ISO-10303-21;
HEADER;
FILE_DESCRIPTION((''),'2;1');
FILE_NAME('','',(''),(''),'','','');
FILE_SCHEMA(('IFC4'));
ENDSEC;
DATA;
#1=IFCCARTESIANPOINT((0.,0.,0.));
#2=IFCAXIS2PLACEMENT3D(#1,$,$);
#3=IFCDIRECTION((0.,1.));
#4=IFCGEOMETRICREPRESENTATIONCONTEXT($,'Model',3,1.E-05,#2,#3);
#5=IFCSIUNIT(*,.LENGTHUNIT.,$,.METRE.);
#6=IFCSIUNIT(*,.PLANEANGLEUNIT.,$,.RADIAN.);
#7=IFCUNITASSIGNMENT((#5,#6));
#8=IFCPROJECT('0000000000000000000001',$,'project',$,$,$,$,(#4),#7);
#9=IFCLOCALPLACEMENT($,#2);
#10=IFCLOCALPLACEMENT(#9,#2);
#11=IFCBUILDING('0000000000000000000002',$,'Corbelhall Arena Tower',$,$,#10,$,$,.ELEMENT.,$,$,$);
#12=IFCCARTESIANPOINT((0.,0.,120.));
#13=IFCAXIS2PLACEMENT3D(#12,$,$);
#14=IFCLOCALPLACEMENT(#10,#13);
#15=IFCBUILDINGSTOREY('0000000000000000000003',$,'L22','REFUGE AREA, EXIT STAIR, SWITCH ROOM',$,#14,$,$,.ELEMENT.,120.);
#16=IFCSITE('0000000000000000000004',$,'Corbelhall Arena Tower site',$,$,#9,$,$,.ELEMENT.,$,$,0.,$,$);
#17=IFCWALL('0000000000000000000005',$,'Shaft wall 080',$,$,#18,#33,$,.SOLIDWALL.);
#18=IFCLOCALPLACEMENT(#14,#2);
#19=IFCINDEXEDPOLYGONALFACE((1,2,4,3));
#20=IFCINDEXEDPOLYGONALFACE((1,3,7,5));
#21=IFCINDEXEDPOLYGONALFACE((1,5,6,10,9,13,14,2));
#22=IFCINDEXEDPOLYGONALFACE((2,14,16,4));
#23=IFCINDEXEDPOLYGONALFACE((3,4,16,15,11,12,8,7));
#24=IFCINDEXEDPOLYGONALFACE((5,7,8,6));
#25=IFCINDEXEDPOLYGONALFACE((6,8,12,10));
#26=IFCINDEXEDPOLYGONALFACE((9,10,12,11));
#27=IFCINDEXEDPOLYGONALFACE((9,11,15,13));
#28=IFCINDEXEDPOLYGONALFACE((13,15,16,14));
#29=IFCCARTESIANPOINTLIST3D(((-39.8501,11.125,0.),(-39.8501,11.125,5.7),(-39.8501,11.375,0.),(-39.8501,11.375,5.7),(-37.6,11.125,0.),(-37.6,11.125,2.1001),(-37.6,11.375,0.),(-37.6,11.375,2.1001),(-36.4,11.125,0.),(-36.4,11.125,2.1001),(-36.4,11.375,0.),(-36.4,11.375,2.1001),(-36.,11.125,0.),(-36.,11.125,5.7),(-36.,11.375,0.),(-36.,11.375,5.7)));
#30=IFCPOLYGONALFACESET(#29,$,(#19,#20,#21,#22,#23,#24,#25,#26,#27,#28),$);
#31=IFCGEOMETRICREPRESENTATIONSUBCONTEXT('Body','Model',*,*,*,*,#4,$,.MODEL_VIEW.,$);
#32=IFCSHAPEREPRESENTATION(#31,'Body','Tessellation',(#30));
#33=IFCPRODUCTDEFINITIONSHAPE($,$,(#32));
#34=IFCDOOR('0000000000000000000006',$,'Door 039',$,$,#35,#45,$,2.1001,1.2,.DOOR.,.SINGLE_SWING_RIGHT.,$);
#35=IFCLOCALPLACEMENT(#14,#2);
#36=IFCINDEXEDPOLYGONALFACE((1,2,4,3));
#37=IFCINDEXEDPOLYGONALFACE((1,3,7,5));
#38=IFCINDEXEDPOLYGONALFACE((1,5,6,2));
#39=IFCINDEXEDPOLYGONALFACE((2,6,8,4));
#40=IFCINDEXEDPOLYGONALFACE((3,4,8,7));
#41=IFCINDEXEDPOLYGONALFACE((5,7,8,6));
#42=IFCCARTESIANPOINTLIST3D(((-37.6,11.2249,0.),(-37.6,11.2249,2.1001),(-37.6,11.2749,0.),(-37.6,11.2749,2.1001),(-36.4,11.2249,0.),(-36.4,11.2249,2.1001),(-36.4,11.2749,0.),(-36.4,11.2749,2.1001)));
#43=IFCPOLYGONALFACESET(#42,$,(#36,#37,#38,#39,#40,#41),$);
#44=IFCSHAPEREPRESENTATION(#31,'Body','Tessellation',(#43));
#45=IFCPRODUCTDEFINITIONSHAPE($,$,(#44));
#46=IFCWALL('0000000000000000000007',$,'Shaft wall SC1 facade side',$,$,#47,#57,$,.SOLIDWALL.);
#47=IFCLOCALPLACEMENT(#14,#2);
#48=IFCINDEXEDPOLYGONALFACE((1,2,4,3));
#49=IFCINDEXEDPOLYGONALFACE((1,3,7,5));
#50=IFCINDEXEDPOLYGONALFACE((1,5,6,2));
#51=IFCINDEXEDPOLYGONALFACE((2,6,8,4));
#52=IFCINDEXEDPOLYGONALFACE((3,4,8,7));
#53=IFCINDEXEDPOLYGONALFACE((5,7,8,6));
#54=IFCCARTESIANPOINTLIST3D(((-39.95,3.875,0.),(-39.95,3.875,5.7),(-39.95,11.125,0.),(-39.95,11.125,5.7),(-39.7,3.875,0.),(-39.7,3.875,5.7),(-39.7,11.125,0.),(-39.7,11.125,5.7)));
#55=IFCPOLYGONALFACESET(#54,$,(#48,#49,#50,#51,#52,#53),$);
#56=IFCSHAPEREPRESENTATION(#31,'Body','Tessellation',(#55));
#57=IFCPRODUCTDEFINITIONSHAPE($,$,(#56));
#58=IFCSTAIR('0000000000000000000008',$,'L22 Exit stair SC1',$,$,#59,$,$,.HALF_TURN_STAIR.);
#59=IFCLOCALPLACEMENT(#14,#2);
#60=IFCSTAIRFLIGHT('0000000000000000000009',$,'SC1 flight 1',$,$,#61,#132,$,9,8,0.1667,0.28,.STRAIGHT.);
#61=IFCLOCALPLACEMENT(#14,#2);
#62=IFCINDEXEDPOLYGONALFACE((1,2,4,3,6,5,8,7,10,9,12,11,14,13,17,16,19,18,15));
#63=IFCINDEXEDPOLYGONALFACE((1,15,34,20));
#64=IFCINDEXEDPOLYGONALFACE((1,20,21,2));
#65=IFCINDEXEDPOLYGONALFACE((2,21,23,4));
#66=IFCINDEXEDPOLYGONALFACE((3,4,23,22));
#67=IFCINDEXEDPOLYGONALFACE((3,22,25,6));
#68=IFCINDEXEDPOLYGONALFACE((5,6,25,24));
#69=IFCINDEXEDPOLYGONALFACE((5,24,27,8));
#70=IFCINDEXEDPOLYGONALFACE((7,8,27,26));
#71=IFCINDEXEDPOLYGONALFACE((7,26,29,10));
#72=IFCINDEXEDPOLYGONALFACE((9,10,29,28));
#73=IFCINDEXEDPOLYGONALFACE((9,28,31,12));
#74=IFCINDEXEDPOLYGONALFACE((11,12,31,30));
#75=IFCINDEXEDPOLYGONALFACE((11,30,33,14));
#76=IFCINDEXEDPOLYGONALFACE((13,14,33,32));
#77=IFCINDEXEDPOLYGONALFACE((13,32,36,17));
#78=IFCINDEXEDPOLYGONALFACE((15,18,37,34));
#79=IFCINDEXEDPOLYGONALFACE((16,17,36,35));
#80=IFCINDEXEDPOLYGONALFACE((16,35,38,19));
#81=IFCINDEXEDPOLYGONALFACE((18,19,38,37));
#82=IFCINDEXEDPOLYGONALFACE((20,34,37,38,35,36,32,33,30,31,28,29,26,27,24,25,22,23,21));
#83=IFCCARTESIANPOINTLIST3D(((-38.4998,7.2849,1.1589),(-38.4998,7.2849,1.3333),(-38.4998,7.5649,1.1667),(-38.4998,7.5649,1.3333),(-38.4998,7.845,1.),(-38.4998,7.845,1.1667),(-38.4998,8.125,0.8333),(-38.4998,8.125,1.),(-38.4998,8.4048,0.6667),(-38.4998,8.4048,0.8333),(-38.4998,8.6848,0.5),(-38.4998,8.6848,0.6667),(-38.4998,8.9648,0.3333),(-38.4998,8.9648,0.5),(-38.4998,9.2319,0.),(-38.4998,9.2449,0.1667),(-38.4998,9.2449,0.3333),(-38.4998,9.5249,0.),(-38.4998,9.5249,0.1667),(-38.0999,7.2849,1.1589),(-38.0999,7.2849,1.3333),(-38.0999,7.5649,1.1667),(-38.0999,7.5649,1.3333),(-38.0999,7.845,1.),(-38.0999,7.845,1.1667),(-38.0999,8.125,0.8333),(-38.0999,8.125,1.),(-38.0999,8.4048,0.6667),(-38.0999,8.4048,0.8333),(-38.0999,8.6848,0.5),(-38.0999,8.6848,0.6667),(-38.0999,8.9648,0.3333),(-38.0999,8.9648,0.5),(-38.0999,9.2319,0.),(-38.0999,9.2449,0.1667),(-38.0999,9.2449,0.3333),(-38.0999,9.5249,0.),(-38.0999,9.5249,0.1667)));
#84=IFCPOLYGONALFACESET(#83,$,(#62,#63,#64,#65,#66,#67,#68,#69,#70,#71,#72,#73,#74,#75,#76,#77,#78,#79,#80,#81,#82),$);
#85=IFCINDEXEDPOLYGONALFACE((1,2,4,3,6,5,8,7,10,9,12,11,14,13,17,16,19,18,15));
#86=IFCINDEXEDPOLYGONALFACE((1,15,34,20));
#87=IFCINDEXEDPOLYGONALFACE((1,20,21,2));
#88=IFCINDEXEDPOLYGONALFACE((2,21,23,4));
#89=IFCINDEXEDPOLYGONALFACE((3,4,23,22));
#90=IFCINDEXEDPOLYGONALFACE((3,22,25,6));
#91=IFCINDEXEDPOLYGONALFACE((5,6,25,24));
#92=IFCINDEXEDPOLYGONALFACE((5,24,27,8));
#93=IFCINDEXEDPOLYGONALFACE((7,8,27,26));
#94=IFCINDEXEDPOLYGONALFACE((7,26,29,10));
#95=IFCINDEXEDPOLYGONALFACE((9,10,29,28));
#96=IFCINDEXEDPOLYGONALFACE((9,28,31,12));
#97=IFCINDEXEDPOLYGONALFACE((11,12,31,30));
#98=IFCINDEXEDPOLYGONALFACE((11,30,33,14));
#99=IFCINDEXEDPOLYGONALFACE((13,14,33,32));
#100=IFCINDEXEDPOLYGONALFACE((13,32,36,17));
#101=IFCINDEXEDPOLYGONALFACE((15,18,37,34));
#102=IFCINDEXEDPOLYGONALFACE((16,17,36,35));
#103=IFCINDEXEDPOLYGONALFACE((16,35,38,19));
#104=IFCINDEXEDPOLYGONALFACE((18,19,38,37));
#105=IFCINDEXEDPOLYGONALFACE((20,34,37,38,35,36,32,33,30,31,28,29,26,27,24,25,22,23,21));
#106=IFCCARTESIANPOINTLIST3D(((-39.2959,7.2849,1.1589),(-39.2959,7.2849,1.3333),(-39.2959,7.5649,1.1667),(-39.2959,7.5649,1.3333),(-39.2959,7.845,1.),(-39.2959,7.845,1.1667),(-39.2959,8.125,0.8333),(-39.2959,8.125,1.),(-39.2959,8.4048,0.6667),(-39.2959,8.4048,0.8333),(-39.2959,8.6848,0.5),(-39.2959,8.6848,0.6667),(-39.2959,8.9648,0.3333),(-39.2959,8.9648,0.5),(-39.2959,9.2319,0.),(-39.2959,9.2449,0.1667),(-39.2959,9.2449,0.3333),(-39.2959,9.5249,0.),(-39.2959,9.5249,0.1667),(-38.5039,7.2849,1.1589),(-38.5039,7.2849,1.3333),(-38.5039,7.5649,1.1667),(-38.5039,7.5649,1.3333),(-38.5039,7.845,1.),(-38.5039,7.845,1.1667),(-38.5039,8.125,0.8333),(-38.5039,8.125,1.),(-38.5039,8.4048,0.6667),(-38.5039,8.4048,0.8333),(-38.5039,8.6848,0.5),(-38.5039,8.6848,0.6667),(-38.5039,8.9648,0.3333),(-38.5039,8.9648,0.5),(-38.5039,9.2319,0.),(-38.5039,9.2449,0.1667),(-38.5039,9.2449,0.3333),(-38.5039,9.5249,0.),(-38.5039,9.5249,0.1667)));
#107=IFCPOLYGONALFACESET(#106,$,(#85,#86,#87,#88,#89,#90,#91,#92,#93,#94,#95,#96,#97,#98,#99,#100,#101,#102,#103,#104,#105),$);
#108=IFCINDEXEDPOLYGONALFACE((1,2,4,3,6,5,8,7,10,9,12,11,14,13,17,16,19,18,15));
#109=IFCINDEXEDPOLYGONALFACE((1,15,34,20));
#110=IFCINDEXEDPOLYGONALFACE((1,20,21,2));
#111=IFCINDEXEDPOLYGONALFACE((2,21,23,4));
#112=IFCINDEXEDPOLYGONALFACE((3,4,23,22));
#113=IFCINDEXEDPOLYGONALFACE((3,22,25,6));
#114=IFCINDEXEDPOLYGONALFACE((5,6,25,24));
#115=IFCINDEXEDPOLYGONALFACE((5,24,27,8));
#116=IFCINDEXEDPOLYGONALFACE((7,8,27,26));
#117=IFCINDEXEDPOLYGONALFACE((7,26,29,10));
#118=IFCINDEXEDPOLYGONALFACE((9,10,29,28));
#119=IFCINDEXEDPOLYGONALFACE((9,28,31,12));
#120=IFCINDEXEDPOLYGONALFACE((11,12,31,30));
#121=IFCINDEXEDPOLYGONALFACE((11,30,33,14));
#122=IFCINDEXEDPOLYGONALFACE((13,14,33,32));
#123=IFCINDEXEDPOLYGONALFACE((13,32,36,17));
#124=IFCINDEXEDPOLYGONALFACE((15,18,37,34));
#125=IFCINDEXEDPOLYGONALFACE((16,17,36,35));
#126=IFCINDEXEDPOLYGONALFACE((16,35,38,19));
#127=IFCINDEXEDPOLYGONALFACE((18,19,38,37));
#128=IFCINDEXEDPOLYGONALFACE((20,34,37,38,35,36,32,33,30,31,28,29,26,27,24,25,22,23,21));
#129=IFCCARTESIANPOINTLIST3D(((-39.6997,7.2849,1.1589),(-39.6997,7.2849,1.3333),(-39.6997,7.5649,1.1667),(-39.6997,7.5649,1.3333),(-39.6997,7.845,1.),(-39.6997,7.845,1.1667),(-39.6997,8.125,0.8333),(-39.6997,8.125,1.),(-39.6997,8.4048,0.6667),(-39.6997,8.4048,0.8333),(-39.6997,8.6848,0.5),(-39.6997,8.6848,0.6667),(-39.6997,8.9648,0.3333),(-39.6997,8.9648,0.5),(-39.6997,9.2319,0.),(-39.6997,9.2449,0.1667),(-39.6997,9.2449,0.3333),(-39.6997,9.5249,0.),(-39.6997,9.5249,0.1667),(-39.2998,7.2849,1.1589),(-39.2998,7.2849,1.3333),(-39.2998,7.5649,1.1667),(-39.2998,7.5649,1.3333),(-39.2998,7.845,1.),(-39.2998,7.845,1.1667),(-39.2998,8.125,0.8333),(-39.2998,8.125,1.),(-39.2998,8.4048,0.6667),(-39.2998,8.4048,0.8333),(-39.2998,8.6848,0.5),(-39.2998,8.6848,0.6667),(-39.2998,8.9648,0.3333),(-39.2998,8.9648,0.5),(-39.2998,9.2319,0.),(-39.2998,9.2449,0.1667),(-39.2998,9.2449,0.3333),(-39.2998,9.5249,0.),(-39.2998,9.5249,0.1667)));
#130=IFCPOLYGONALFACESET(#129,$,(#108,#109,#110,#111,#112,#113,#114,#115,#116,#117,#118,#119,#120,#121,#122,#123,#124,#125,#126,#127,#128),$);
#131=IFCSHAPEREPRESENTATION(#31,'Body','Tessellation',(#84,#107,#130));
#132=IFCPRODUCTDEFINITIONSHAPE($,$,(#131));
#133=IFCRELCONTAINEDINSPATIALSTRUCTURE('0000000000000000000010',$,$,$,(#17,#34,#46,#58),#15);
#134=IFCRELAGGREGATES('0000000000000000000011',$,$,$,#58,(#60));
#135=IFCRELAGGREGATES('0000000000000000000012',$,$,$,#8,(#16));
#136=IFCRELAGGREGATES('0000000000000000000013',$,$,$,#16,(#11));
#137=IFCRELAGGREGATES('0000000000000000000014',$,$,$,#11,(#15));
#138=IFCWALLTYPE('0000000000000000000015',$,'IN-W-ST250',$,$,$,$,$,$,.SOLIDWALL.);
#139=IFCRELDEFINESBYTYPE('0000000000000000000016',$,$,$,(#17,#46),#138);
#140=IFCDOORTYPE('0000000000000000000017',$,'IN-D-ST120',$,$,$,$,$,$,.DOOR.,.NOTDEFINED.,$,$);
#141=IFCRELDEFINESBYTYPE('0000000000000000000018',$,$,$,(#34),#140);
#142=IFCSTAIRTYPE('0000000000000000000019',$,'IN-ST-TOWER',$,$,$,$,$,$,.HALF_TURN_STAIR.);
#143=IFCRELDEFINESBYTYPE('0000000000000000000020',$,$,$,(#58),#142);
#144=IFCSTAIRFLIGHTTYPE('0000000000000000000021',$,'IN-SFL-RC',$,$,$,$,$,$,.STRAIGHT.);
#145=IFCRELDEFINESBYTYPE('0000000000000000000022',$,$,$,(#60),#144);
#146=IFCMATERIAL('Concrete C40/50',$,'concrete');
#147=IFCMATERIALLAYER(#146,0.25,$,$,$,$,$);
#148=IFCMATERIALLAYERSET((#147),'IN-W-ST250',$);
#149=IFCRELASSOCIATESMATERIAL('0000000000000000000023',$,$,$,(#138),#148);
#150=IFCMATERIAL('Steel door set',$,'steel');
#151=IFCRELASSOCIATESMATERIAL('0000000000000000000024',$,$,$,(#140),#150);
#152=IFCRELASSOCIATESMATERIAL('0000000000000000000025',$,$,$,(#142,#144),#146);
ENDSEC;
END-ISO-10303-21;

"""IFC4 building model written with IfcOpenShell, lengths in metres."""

from ifc_helpers import new_model, si_unit, direction, frame, frame_2d, origin, place, context, subcontext, project, spatial, polyline, rectangle, outline, extrude, material, layer, layer_set, type_object, element, fill, aggregate, save


model = new_model("IFC4")

# Units and contexts
model_context = context("Model", 3, precision=1e-05, world=origin(), true_north=direction((0.0, 1.0)))
body_context = subcontext(model_context, "Body", "Model", "MODEL_VIEW")
ifc_project = project(units=[si_unit("LENGTHUNIT", "METRE"), si_unit("PLANEANGLEUNIT", "RADIAN")], contexts=[model_context])

# Site, building, storey
site_placement = place(None, origin())
site = spatial("IfcSite", under=ifc_project, at=site_placement, Name="Corbelhall Arena Tower site", CompositionType="ELEMENT", RefElevation=0.0)
building_placement = place(site_placement, origin())
building = spatial("IfcBuilding", under=site, at=building_placement, Name="Corbelhall Arena Tower", CompositionType="ELEMENT")
storey_placement = place(building_placement, frame((0.0, 0.0, 120.0)))
storey = spatial("IfcBuildingStorey", under=building, at=storey_placement, Name="L22", Description="REFUGE AREA, EXIT STAIR, SWITCH ROOM", CompositionType="ELEMENT", Elevation=120.0)

# Shared definitions
ifc_material_1 = material(Name="Concrete C40/50", Category="concrete")
ifc_layer_1 = layer(ifc_material_1, 0.25)
ifc_layer_set_1 = layer_set([ifc_layer_1], Name="IN-W-ST250")
wall_type_1 = type_object("IfcWallType", Name="IN-W-ST250", PredefinedType="SOLIDWALL", material=ifc_layer_set_1)

# Wall, opening, door
wall_1_placement = place(storey_placement, frame((-39.8501, 11.25, 0.0), z_axis=(0.0, 0.0, 1.0), x_axis=(1.0, 0.0, 0.0)))
wall_1 = element("IfcWall", 1, at=wall_1_placement, inside=storey, type_object=wall_type_1, Name="Shaft wall 080", PredefinedType="SOLIDWALL", context=body_context, shape_type="SweptSolid", body=[
    extrude(rectangle(XDim=3.8501, YDim=0.25, at=frame_2d((1.925, 0.0))), origin(), (0.0, 0.0, 1.0), 5.7),
])
opening_placement = place(wall_1_placement, frame((2.25, 0.0, 0.0)))
opening = element("IfcOpeningElement", 2, at=opening_placement, cuts=wall_1, PredefinedType="OPENING", context=body_context, shape_type="SweptSolid", body=[
    extrude(rectangle(XDim=1.2, YDim=2.1001, at=frame_2d((0.6001, 1.05))), frame((0.0, 0.125, 0.0), z_axis=(0.0, -1.0, 0.0), x_axis=(1.0, 0.0, 0.0)), (0.0, 0.0, 1.0), 0.25),
])
ifc_material_2 = material(Name="Steel door set", Category="steel")
door_type = type_object("IfcDoorType", Name="IN-D-ST120", OperationType="NOTDEFINED", PredefinedType="DOOR", material=ifc_material_2)
door_placement = place(opening_placement, origin())
door = element("IfcDoor", 3, at=door_placement, inside=storey, type_object=door_type, Name="Door 039", OperationType="SINGLE_SWING_RIGHT", OverallHeight=2.1001, OverallWidth=1.2, PredefinedType="DOOR", context=body_context, shape_type="SweptSolid", body=[
    extrude(rectangle(XDim=1.2, YDim=2.1001, at=frame_2d((0.6001, 1.05))), frame((0.0, 0.0249, 0.0), z_axis=(0.0, -1.0, 0.0), x_axis=(1.0, 0.0, 0.0)), (0.0, 0.0, 1.0), 0.05),
])
fill(opening, door)

# Wall
wall_2_placement = place(storey_placement, frame((-39.825, 3.875, 0.0), z_axis=(0.0, 0.0, 1.0), x_axis=(0.0, 1.0, 0.0)))
element("IfcWall", 4, at=wall_2_placement, inside=storey, type_object=wall_type_1, Name="Shaft wall SC1 facade side", PredefinedType="SOLIDWALL", context=body_context, shape_type="SweptSolid", body=[
    extrude(rectangle(XDim=7.25, YDim=0.25, at=frame_2d((3.625, 0.0))), origin(), (0.0, 0.0, 1.0), 5.7),
])

# Stair, stair flight
stair_type = type_object("IfcStairType", Name="IN-ST-TOWER", PredefinedType="HALF_TURN_STAIR", material=ifc_material_1)
stair_placement = place(storey_placement, origin())
stair = element("IfcStair", 5, at=stair_placement, inside=storey, type_object=stair_type, Name="L22 Exit stair SC1", PredefinedType="HALF_TURN_STAIR")
stair_flight_type = type_object("IfcStairFlightType", Name="IN-SFL-RC", PredefinedType="STRAIGHT", material=ifc_material_1)
stair_flight_1_placement = place(storey_placement, frame((-38.8999, 9.5249, 0.0), z_axis=(0.0, 0.0, 1.0), x_axis=(0.0, -1.0, 0.0)))
stair_flight_1 = element("IfcStairFlight", 6, at=stair_flight_1_placement, type_object=stair_flight_type, Name="SC1 flight 1", NumberOfRisers=9, NumberOfTreads=8, PredefinedType="STRAIGHT", RiserHeight=0.1667, TreadLength=0.28, context=body_context, shape_type="SweptSolid", body=[
    extrude(outline(polyline([(0.0, 0.0), (0.0, 0.1667), (0.28, 0.1667), (0.28, 0.3333), (0.5601, 0.3333), (0.5601, 0.5), (0.8401, 0.5), (0.8401, 0.6667), (1.1201, 0.6667), (1.1201, 0.8333), (1.3999, 0.8333), (1.3999, 1.0), (1.6799, 1.0), (1.6799, 1.1667), (1.96, 1.1667), (1.96, 1.3333), (2.24, 1.3333), (2.24, 1.5), (2.24, 1.1589), (0.293, 0.0), (0.0, 0.0)])), frame((0.0, 0.8, 0.0), z_axis=(0.0, -1.0, 0.0), x_axis=(1.0, 0.0, 0.0)), (0.0, 0.0, 1.0), 0.3999),
    extrude(outline(polyline([(0.0, 0.0), (0.0, 0.1667), (0.28, 0.1667), (0.28, 0.3333), (0.5601, 0.3333), (0.5601, 0.5), (0.8401, 0.5), (0.8401, 0.6667), (1.1201, 0.6667), (1.1201, 0.8333), (1.3999, 0.8333), (1.3999, 1.0), (1.6799, 1.0), (1.6799, 1.1667), (1.96, 1.1667), (1.96, 1.3333), (2.24, 1.3333), (2.24, 1.5), (2.24, 1.1589), (0.293, 0.0), (0.0, 0.0)])), frame((0.0, 0.396, 0.0), z_axis=(0.0, -1.0, 0.0), x_axis=(1.0, 0.0, 0.0)), (0.0, 0.0, 1.0), 0.792),
    extrude(outline(polyline([(0.0, 0.0), (0.0, 0.1667), (0.28, 0.1667), (0.28, 0.3333), (0.5601, 0.3333), (0.5601, 0.5), (0.8401, 0.5), (0.8401, 0.6667), (1.1201, 0.6667), (1.1201, 0.8333), (1.3999, 0.8333), (1.3999, 1.0), (1.6799, 1.0), (1.6799, 1.1667), (1.96, 1.1667), (1.96, 1.3333), (2.24, 1.3333), (2.24, 1.5), (2.24, 1.1589), (0.293, 0.0), (0.0, 0.0)])), frame((0.0, -0.3999, 0.0), z_axis=(0.0, -1.0, 0.0), x_axis=(1.0, 0.0, 0.0)), (0.0, 0.0, 1.0), 0.3999),
])
aggregate(stair, [stair_flight_1])

save(model, "model.ifc")
